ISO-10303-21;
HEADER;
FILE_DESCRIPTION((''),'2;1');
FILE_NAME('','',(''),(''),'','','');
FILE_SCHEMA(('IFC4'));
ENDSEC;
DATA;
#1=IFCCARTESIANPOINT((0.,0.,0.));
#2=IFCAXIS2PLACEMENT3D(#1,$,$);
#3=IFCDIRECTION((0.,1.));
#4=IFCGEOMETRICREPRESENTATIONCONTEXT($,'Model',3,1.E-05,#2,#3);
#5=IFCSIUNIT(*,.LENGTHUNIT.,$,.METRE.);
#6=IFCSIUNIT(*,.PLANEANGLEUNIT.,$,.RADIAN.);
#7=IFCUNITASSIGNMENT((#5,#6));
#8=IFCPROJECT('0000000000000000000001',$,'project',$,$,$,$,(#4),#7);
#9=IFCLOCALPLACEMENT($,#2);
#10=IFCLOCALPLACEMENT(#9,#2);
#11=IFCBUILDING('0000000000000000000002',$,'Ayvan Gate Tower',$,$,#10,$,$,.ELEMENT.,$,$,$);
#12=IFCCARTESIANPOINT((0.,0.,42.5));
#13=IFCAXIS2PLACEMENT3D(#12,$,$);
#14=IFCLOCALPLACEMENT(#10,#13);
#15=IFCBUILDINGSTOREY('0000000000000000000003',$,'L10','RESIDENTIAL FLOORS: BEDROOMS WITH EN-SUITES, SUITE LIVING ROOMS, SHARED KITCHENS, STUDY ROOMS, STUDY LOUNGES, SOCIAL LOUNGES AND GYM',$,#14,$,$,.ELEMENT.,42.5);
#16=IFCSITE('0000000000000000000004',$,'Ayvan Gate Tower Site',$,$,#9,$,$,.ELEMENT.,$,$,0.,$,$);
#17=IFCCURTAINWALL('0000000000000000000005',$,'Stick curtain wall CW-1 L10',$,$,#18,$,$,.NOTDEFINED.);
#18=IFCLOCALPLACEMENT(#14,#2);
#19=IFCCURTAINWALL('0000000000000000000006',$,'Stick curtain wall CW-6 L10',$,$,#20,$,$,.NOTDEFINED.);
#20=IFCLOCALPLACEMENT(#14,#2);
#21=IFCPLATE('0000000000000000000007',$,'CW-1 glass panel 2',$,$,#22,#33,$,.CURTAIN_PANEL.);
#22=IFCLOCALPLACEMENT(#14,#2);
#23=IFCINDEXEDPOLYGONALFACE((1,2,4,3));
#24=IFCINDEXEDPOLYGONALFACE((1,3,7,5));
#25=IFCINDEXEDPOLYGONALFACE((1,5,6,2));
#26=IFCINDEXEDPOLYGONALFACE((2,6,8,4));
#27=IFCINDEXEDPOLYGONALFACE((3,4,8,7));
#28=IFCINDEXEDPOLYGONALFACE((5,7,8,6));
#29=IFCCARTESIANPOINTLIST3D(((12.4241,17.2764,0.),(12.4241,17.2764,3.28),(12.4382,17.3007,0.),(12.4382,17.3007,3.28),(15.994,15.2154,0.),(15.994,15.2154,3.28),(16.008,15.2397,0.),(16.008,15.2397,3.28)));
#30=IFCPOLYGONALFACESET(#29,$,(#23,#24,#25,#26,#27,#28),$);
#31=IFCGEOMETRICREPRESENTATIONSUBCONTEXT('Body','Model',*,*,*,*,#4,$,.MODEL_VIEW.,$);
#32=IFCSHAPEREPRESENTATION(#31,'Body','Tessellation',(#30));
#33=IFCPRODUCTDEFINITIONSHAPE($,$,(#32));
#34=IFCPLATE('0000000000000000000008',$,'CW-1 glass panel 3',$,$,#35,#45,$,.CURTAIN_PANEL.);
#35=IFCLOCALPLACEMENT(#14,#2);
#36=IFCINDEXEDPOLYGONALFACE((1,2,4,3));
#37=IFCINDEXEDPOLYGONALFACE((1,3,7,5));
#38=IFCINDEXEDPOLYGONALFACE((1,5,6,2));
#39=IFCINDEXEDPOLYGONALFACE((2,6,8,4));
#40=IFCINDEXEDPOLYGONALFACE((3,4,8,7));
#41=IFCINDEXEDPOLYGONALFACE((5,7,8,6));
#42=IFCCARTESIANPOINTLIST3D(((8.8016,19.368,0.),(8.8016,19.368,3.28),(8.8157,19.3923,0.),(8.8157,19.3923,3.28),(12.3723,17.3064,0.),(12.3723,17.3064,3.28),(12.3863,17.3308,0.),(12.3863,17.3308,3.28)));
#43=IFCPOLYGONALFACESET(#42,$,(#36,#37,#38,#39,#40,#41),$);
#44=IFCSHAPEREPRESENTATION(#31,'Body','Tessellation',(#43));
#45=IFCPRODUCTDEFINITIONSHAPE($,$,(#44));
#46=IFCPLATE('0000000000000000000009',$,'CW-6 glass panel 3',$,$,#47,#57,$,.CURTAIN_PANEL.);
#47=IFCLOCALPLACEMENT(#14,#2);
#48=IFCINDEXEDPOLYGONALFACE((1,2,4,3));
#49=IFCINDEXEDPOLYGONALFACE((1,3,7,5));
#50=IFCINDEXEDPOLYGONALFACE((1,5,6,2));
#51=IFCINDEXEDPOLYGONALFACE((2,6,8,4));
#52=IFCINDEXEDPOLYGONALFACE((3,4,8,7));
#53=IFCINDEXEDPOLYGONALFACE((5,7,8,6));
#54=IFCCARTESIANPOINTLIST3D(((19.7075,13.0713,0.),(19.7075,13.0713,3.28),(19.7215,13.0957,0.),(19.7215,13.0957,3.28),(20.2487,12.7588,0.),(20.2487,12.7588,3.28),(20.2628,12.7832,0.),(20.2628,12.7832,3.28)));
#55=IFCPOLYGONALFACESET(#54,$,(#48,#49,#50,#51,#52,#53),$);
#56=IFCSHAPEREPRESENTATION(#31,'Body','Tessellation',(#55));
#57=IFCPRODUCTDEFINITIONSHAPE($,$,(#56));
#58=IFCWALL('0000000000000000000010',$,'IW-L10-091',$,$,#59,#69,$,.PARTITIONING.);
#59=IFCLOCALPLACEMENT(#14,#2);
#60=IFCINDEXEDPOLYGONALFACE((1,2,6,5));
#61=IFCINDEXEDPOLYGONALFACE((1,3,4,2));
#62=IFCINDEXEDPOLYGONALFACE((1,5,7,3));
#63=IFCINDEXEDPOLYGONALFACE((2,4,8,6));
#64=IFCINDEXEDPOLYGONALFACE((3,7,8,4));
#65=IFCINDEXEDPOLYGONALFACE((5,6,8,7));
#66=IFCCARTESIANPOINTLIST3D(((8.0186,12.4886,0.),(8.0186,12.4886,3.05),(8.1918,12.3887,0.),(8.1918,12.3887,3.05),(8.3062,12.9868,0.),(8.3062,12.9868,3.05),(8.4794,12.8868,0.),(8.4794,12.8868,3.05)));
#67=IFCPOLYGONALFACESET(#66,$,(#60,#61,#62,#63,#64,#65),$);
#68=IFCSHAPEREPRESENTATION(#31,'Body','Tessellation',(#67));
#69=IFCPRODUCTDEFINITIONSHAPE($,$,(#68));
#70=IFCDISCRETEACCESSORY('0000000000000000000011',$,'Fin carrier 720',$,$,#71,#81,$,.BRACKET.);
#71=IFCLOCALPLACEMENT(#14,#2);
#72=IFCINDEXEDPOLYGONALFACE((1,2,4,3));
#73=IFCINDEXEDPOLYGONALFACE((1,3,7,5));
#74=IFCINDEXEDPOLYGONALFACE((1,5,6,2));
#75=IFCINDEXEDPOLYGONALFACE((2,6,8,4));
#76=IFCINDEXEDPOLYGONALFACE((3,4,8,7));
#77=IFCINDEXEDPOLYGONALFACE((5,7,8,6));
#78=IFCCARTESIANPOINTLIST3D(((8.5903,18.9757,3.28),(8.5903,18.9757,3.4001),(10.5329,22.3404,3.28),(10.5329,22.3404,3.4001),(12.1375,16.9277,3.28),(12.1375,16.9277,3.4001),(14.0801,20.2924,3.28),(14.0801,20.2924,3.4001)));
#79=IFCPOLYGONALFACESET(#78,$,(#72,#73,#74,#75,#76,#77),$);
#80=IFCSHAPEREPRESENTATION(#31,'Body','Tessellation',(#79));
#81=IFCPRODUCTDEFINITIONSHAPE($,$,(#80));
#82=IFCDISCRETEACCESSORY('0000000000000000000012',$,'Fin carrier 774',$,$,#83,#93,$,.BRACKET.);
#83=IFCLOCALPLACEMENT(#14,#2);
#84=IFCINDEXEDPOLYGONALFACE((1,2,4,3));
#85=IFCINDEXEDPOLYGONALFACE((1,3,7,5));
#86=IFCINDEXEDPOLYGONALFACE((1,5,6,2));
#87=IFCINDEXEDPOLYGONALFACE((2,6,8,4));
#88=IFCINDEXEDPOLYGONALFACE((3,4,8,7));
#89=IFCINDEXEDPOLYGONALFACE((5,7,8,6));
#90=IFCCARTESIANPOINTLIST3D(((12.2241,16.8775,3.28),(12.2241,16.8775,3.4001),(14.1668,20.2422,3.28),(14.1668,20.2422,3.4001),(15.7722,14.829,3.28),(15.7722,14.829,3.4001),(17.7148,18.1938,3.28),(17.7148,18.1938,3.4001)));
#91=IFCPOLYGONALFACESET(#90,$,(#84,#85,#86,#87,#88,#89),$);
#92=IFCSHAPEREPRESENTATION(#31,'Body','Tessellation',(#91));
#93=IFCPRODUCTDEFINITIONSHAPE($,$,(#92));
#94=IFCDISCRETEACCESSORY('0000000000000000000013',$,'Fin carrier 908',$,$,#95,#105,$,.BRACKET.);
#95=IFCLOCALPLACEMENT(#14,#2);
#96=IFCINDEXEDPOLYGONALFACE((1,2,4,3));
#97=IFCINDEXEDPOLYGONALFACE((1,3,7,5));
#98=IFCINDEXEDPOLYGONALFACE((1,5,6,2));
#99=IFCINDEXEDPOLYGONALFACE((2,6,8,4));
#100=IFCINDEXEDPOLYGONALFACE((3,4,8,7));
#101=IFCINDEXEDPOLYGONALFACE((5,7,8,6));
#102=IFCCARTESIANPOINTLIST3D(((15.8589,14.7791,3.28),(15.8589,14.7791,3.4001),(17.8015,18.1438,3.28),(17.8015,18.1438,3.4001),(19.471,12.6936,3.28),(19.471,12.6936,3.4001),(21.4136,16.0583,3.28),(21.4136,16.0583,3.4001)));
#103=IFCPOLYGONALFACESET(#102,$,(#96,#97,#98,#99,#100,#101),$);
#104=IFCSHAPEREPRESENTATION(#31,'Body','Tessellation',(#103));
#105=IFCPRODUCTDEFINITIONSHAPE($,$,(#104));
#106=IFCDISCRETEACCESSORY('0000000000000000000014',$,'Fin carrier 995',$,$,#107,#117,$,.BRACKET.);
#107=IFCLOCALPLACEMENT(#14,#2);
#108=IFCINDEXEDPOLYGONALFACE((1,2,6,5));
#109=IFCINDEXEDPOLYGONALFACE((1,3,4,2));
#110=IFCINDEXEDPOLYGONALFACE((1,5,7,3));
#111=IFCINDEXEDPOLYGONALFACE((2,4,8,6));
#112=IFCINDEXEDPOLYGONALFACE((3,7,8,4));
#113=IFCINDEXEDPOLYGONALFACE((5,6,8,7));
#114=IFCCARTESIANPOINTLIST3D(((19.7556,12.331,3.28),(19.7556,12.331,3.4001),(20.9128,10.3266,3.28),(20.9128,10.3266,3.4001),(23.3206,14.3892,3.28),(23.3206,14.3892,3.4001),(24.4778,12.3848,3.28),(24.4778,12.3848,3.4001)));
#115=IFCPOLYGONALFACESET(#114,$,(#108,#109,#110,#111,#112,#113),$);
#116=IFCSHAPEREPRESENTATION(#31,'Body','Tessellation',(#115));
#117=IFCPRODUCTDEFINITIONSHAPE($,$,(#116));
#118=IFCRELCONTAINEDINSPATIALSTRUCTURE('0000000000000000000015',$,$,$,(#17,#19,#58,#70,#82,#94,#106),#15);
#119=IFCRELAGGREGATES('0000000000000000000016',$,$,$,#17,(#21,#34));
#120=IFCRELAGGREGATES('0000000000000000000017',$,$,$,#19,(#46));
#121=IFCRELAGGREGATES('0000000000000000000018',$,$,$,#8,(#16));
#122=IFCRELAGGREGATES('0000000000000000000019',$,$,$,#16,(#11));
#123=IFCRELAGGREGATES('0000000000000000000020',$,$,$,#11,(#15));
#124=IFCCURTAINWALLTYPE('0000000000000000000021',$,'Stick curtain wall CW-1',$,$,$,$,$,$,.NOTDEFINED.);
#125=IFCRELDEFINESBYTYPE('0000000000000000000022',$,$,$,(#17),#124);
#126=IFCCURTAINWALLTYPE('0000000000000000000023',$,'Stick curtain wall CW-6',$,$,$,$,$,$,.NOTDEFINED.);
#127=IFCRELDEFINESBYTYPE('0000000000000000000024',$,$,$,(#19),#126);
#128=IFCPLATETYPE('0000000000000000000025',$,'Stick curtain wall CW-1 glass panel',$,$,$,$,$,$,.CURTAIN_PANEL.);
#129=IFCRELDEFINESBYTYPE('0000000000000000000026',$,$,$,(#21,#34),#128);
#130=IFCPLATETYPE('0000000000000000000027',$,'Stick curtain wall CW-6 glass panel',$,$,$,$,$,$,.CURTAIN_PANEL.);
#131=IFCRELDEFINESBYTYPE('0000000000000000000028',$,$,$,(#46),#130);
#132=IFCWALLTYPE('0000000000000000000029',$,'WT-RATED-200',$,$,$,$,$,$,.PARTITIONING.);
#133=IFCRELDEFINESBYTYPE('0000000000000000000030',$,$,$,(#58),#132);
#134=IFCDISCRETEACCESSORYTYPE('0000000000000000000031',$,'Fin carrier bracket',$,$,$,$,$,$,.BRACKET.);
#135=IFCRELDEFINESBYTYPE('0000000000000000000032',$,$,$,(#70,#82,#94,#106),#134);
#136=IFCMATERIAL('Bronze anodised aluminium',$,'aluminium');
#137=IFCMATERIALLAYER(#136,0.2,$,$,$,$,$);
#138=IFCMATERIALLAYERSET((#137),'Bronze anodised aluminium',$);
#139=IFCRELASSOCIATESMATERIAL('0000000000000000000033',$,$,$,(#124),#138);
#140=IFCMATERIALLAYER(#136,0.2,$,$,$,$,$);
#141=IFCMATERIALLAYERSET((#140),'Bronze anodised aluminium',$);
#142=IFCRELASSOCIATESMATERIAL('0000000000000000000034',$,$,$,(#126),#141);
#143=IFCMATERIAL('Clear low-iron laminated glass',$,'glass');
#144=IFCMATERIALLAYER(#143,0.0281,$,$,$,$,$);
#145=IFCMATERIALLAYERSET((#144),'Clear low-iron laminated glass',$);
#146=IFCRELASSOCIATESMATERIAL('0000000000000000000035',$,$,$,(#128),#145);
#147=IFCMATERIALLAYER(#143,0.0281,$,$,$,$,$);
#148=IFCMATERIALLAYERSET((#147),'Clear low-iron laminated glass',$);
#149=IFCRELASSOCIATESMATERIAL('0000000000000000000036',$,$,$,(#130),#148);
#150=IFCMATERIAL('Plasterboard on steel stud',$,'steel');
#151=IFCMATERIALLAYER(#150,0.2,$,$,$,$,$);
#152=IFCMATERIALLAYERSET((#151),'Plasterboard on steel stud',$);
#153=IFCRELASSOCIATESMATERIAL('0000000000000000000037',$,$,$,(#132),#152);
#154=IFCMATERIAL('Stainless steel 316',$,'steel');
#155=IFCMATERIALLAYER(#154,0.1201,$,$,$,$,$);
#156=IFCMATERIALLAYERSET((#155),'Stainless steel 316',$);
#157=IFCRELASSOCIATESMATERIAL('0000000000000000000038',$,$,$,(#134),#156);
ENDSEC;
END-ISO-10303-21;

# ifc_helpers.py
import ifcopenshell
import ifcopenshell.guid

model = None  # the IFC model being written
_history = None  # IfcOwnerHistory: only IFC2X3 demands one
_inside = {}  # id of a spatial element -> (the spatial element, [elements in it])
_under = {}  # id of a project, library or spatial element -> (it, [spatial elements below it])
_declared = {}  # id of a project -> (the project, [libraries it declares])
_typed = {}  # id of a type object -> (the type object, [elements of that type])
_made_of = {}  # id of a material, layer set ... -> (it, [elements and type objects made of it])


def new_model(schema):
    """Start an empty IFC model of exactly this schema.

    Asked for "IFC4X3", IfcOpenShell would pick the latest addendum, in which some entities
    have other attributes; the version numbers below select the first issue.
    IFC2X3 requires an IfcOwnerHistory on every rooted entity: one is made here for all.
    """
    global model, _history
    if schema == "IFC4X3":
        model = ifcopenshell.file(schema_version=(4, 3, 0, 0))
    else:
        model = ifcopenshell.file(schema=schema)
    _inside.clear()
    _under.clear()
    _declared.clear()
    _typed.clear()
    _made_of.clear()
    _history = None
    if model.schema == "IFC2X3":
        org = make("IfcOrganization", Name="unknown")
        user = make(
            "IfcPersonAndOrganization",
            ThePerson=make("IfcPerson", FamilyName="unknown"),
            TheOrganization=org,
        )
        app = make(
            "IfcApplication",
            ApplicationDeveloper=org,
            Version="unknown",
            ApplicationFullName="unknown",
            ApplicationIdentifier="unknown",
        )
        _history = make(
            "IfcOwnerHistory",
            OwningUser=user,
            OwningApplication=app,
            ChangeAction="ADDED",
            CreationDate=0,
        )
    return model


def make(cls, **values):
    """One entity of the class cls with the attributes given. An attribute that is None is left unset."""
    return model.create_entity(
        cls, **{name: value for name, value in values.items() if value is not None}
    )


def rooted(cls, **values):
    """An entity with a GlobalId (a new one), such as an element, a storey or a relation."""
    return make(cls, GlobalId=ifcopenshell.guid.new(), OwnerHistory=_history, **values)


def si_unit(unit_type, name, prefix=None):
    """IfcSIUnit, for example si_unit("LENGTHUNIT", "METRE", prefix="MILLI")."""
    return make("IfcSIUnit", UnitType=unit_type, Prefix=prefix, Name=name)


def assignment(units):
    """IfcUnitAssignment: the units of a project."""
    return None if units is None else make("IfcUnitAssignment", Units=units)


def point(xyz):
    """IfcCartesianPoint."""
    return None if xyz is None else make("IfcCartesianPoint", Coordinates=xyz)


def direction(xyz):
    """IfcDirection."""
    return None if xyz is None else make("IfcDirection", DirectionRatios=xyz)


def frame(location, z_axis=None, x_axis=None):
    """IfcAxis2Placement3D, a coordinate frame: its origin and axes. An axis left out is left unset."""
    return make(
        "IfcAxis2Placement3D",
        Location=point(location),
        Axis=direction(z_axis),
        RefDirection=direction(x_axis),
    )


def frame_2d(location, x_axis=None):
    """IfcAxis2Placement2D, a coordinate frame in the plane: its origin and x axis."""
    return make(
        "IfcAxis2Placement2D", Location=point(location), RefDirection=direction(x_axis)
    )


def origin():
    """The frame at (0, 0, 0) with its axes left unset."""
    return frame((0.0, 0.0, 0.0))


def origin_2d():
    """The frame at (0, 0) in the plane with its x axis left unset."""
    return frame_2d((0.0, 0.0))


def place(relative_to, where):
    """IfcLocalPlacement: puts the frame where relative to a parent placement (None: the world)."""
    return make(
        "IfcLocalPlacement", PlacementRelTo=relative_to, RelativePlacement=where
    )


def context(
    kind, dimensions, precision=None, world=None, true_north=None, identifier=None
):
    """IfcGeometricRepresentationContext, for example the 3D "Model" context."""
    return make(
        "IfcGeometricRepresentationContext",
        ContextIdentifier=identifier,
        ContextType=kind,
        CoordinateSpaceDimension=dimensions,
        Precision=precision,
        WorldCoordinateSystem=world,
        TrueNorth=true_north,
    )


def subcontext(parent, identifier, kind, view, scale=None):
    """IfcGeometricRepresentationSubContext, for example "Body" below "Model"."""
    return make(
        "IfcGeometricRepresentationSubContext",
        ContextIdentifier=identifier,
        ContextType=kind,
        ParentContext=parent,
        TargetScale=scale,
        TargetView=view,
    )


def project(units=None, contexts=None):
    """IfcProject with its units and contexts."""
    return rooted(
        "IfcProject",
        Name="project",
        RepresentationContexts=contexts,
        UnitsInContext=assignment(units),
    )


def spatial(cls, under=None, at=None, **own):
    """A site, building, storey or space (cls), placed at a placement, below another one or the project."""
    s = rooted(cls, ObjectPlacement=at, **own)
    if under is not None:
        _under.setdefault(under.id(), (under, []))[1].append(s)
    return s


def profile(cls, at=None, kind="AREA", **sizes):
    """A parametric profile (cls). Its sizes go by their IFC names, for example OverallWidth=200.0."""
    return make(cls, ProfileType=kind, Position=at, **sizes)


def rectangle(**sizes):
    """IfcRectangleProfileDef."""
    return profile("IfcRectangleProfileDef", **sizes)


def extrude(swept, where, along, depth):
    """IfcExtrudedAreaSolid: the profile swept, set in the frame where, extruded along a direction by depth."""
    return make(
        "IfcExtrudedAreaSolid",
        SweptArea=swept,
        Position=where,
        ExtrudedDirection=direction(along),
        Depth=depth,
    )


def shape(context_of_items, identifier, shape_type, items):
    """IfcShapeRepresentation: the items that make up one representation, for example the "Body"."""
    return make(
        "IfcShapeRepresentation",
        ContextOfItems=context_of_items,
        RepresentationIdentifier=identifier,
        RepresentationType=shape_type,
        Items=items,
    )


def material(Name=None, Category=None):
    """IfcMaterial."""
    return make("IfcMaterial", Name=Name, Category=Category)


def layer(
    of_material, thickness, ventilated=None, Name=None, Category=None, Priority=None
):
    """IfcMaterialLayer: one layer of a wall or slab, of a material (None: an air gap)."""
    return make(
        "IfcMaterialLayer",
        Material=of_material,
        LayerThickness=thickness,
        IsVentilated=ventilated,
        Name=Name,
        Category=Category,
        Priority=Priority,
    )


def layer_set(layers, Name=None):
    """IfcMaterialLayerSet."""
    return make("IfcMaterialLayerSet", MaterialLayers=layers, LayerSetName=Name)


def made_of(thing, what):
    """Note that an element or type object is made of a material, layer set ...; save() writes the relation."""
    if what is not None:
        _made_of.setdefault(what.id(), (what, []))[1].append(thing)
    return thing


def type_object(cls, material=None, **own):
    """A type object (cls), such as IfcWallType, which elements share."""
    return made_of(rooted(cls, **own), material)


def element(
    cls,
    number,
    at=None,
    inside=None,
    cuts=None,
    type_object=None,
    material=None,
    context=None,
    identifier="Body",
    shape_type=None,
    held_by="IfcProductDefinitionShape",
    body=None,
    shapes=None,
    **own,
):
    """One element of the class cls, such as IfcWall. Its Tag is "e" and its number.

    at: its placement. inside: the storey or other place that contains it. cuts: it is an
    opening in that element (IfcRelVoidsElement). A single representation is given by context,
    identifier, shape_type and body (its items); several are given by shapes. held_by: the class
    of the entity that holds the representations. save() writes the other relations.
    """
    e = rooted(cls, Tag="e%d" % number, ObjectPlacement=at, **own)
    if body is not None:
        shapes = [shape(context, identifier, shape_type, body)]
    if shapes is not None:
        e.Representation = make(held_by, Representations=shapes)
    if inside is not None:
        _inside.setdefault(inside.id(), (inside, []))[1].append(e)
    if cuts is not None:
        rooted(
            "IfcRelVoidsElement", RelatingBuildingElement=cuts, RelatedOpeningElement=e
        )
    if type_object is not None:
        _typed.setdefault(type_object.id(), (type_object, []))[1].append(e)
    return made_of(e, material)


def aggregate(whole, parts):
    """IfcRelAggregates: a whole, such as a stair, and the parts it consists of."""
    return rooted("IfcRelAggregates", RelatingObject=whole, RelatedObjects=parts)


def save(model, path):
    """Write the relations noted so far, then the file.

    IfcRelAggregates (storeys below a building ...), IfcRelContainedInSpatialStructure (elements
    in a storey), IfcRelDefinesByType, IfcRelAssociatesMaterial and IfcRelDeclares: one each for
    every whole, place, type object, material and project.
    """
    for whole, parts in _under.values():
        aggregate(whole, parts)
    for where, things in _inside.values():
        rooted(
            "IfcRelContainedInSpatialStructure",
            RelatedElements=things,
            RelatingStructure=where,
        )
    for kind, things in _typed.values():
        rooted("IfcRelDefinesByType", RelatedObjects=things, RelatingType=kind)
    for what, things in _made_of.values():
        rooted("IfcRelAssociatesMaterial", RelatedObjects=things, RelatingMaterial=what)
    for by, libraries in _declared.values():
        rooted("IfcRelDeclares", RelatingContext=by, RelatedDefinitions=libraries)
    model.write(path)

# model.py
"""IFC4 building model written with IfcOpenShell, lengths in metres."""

from ifc_helpers import new_model, si_unit, direction, frame, frame_2d, origin, origin_2d, place, context, subcontext, project, spatial, rectangle, extrude, material, layer, layer_set, type_object, element, aggregate, save


model = new_model("IFC4")

# Units and contexts
model_context = context("Model", 3, precision=1e-05, world=origin(), true_north=direction((0.0, 1.0)))
body_context = subcontext(model_context, "Body", "Model", "MODEL_VIEW")
ifc_project = project(units=[si_unit("LENGTHUNIT", "METRE"), si_unit("PLANEANGLEUNIT", "RADIAN")], contexts=[model_context])

# Site, building, storey
site_placement = place(None, origin())
site = spatial("IfcSite", under=ifc_project, at=site_placement, Name="Ayvan Gate Tower Site", CompositionType="ELEMENT", RefElevation=0.0)
building_placement = place(site_placement, origin())
building = spatial("IfcBuilding", under=site, at=building_placement, Name="Ayvan Gate Tower", CompositionType="ELEMENT")
storey_placement = place(building_placement, frame((0.0, 0.0, 42.5)))
storey = spatial("IfcBuildingStorey", under=building, at=storey_placement, Name="L10", Description="RESIDENTIAL FLOORS: BEDROOMS WITH EN-SUITES, SUITE LIVING ROOMS, SHARED KITCHENS, STUDY ROOMS, STUDY LOUNGES, SOCIAL LOUNGES AND GYM", CompositionType="ELEMENT", Elevation=42.5)

# Curtain walls
ifc_material_1 = material(Name="Bronze anodised aluminium", Category="aluminium")
ifc_layer_1 = layer(ifc_material_1, 0.2)
ifc_layer_set_1 = layer_set([ifc_layer_1], Name="Bronze anodised aluminium")
curtain_wall_type_1 = type_object("IfcCurtainWallType", Name="Stick curtain wall CW-1", PredefinedType="NOTDEFINED", material=ifc_layer_set_1)
curtain_wall_1_placement = place(storey_placement, origin())
curtain_wall_1 = element("IfcCurtainWall", 1, at=curtain_wall_1_placement, inside=storey, type_object=curtain_wall_type_1, Name="Stick curtain wall CW-1 L10", PredefinedType="NOTDEFINED")
ifc_layer_2 = layer(ifc_material_1, 0.2)
ifc_layer_set_2 = layer_set([ifc_layer_2], Name="Bronze anodised aluminium")
curtain_wall_type_2 = type_object("IfcCurtainWallType", Name="Stick curtain wall CW-6", PredefinedType="NOTDEFINED", material=ifc_layer_set_2)
curtain_wall_2_placement = place(storey_placement, origin())
curtain_wall_2 = element("IfcCurtainWall", 2, at=curtain_wall_2_placement, inside=storey, type_object=curtain_wall_type_2, Name="Stick curtain wall CW-6 L10", PredefinedType="NOTDEFINED")

# Plates
ifc_material_2 = material(Name="Clear low-iron laminated glass", Category="glass")
ifc_layer_3 = layer(ifc_material_2, 0.0281)
ifc_layer_set_3 = layer_set([ifc_layer_3], Name="Clear low-iron laminated glass")
plate_type_1 = type_object("IfcPlateType", Name="Stick curtain wall CW-1 glass panel", PredefinedType="CURTAIN_PANEL", material=ifc_layer_set_3)
plate_1_placement = place(storey_placement, frame((14.2161, 16.2581, 0.0), z_axis=(0.0, 0.0, 1.0), x_axis=(-0.866025, 0.5, 0.0)))
plate_1 = element("IfcPlate", 3, at=plate_1_placement, type_object=plate_type_1, Name="CW-1 glass panel 2", PredefinedType="CURTAIN_PANEL", context=body_context, shape_type="SweptSolid", body=[
    extrude(rectangle(XDim=4.1221, YDim=0.0281, at=origin_2d()), origin(), (0.0, 0.0, 1.0), 3.28),
])
plate_2_placement = place(storey_placement, frame((10.594, 18.3494, 0.0), z_axis=(0.0, 0.0, 1.0), x_axis=(-0.866025, 0.5, 0.0)))
plate_2 = element("IfcPlate", 4, at=plate_2_placement, type_object=plate_type_1, Name="CW-1 glass panel 3", PredefinedType="CURTAIN_PANEL", context=body_context, shape_type="SweptSolid", body=[
    extrude(rectangle(XDim=4.123, YDim=0.0281, at=origin_2d()), origin(), (0.0, 0.0, 1.0), 3.28),
])
aggregate(curtain_wall_1, [plate_1, plate_2])
ifc_layer_4 = layer(ifc_material_2, 0.0281)
ifc_layer_set_4 = layer_set([ifc_layer_4], Name="Clear low-iron laminated glass")
plate_type_2 = type_object("IfcPlateType", Name="Stick curtain wall CW-6 glass panel", PredefinedType="CURTAIN_PANEL", material=ifc_layer_set_4)
plate_3_placement = place(storey_placement, frame((19.9851, 12.9272, 0.0), z_axis=(0.0, 0.0, 1.0), x_axis=(-0.866025, 0.5, 0.0)))
plate_3 = element("IfcPlate", 5, at=plate_3_placement, type_object=plate_type_2, Name="CW-6 glass panel 3", PredefinedType="CURTAIN_PANEL", context=body_context, shape_type="SweptSolid", body=[
    extrude(rectangle(XDim=0.625, YDim=0.0281, at=origin_2d()), origin(), (0.0, 0.0, 1.0), 3.28),
])
aggregate(curtain_wall_2, [plate_3])

# Wall
ifc_material_3 = material(Name="Plasterboard on steel stud", Category="steel")
ifc_layer_5 = layer(ifc_material_3, 0.2)
ifc_layer_set_5 = layer_set([ifc_layer_5], Name="Plasterboard on steel stud")
wall_type = type_object("IfcWallType", Name="WT-RATED-200", PredefinedType="PARTITIONING", material=ifc_layer_set_5)
wall_placement = place(storey_placement, frame((8.3928, 12.9368, 0.0), z_axis=(0.0, 0.0, 1.0), x_axis=(-0.500065, -0.865988, 0.0)))
element("IfcWall", 6, at=wall_placement, inside=storey, type_object=wall_type, Name="IW-L10-091", PredefinedType="PARTITIONING", context=body_context, shape_type="SweptSolid", body=[
    extrude(rectangle(XDim=0.5752, YDim=0.2, at=frame_2d((0.2876, 0.0))), origin(), (0.0, 0.0, 1.0), 3.05),
])

# Discrete accessories
ifc_material_4 = material(Name="Stainless steel 316", Category="steel")
ifc_layer_6 = layer(ifc_material_4, 0.1201)
ifc_layer_set_6 = layer_set([ifc_layer_6], Name="Stainless steel 316")
discrete_accessory_type = type_object("IfcDiscreteAccessoryType", Name="Fin carrier bracket", PredefinedType="BRACKET", material=ifc_layer_set_6)
discrete_accessory_1_placement = place(storey_placement, frame((11.3352, 19.634, 3.28), z_axis=(0.0, 0.0, 1.0), x_axis=(-0.866025, 0.5, 0.0)))
element("IfcDiscreteAccessory", 7, at=discrete_accessory_1_placement, inside=storey, type_object=discrete_accessory_type, Name="Fin carrier 720", PredefinedType="BRACKET", context=body_context, shape_type="SweptSolid", body=[
    extrude(rectangle(XDim=4.0959, YDim=3.8853, at=origin_2d()), origin(), (0.0, 0.0, 1.0), 0.1201),
])
discrete_accessory_2_placement = place(storey_placement, frame((14.9695, 17.5356, 3.28), z_axis=(0.0, 0.0, 1.0), x_axis=(-0.866025, 0.5, 0.0)))
element("IfcDiscreteAccessory", 8, at=discrete_accessory_2_placement, inside=storey, type_object=discrete_accessory_type, Name="Fin carrier 774", PredefinedType="BRACKET", context=body_context, shape_type="SweptSolid", body=[
    extrude(rectangle(XDim=4.0969, YDim=3.8853, at=origin_2d()), origin(), (0.0, 0.0, 1.0), 0.1201),
])
discrete_accessory_3_placement = place(storey_placement, frame((18.6362, 15.4187, 3.28), z_axis=(0.0, 0.0, 1.0), x_axis=(-0.866025, 0.5, 0.0)))
element("IfcDiscreteAccessory", 9, at=discrete_accessory_3_placement, inside=storey, type_object=discrete_accessory_type, Name="Fin carrier 908", PredefinedType="BRACKET", context=body_context, shape_type="SweptSolid", body=[
    extrude(rectangle(XDim=4.1709, YDim=3.8853, at=origin_2d()), origin(), (0.0, 0.0, 1.0), 0.1201),
])
discrete_accessory_4_placement = place(storey_placement, frame((22.1167, 12.3579, 3.28), z_axis=(0.0, 0.0, 1.0), x_axis=(-0.5, 0.866025, 0.0)))
element("IfcDiscreteAccessory", 10, at=discrete_accessory_4_placement, inside=storey, type_object=discrete_accessory_type, Name="Fin carrier 995", PredefinedType="BRACKET", context=body_context, shape_type="SweptSolid", body=[
    extrude(rectangle(XDim=2.3145, YDim=4.1165, at=origin_2d()), origin(), (0.0, 0.0, 1.0), 0.1201),
])

save(model, "model.ifc")
